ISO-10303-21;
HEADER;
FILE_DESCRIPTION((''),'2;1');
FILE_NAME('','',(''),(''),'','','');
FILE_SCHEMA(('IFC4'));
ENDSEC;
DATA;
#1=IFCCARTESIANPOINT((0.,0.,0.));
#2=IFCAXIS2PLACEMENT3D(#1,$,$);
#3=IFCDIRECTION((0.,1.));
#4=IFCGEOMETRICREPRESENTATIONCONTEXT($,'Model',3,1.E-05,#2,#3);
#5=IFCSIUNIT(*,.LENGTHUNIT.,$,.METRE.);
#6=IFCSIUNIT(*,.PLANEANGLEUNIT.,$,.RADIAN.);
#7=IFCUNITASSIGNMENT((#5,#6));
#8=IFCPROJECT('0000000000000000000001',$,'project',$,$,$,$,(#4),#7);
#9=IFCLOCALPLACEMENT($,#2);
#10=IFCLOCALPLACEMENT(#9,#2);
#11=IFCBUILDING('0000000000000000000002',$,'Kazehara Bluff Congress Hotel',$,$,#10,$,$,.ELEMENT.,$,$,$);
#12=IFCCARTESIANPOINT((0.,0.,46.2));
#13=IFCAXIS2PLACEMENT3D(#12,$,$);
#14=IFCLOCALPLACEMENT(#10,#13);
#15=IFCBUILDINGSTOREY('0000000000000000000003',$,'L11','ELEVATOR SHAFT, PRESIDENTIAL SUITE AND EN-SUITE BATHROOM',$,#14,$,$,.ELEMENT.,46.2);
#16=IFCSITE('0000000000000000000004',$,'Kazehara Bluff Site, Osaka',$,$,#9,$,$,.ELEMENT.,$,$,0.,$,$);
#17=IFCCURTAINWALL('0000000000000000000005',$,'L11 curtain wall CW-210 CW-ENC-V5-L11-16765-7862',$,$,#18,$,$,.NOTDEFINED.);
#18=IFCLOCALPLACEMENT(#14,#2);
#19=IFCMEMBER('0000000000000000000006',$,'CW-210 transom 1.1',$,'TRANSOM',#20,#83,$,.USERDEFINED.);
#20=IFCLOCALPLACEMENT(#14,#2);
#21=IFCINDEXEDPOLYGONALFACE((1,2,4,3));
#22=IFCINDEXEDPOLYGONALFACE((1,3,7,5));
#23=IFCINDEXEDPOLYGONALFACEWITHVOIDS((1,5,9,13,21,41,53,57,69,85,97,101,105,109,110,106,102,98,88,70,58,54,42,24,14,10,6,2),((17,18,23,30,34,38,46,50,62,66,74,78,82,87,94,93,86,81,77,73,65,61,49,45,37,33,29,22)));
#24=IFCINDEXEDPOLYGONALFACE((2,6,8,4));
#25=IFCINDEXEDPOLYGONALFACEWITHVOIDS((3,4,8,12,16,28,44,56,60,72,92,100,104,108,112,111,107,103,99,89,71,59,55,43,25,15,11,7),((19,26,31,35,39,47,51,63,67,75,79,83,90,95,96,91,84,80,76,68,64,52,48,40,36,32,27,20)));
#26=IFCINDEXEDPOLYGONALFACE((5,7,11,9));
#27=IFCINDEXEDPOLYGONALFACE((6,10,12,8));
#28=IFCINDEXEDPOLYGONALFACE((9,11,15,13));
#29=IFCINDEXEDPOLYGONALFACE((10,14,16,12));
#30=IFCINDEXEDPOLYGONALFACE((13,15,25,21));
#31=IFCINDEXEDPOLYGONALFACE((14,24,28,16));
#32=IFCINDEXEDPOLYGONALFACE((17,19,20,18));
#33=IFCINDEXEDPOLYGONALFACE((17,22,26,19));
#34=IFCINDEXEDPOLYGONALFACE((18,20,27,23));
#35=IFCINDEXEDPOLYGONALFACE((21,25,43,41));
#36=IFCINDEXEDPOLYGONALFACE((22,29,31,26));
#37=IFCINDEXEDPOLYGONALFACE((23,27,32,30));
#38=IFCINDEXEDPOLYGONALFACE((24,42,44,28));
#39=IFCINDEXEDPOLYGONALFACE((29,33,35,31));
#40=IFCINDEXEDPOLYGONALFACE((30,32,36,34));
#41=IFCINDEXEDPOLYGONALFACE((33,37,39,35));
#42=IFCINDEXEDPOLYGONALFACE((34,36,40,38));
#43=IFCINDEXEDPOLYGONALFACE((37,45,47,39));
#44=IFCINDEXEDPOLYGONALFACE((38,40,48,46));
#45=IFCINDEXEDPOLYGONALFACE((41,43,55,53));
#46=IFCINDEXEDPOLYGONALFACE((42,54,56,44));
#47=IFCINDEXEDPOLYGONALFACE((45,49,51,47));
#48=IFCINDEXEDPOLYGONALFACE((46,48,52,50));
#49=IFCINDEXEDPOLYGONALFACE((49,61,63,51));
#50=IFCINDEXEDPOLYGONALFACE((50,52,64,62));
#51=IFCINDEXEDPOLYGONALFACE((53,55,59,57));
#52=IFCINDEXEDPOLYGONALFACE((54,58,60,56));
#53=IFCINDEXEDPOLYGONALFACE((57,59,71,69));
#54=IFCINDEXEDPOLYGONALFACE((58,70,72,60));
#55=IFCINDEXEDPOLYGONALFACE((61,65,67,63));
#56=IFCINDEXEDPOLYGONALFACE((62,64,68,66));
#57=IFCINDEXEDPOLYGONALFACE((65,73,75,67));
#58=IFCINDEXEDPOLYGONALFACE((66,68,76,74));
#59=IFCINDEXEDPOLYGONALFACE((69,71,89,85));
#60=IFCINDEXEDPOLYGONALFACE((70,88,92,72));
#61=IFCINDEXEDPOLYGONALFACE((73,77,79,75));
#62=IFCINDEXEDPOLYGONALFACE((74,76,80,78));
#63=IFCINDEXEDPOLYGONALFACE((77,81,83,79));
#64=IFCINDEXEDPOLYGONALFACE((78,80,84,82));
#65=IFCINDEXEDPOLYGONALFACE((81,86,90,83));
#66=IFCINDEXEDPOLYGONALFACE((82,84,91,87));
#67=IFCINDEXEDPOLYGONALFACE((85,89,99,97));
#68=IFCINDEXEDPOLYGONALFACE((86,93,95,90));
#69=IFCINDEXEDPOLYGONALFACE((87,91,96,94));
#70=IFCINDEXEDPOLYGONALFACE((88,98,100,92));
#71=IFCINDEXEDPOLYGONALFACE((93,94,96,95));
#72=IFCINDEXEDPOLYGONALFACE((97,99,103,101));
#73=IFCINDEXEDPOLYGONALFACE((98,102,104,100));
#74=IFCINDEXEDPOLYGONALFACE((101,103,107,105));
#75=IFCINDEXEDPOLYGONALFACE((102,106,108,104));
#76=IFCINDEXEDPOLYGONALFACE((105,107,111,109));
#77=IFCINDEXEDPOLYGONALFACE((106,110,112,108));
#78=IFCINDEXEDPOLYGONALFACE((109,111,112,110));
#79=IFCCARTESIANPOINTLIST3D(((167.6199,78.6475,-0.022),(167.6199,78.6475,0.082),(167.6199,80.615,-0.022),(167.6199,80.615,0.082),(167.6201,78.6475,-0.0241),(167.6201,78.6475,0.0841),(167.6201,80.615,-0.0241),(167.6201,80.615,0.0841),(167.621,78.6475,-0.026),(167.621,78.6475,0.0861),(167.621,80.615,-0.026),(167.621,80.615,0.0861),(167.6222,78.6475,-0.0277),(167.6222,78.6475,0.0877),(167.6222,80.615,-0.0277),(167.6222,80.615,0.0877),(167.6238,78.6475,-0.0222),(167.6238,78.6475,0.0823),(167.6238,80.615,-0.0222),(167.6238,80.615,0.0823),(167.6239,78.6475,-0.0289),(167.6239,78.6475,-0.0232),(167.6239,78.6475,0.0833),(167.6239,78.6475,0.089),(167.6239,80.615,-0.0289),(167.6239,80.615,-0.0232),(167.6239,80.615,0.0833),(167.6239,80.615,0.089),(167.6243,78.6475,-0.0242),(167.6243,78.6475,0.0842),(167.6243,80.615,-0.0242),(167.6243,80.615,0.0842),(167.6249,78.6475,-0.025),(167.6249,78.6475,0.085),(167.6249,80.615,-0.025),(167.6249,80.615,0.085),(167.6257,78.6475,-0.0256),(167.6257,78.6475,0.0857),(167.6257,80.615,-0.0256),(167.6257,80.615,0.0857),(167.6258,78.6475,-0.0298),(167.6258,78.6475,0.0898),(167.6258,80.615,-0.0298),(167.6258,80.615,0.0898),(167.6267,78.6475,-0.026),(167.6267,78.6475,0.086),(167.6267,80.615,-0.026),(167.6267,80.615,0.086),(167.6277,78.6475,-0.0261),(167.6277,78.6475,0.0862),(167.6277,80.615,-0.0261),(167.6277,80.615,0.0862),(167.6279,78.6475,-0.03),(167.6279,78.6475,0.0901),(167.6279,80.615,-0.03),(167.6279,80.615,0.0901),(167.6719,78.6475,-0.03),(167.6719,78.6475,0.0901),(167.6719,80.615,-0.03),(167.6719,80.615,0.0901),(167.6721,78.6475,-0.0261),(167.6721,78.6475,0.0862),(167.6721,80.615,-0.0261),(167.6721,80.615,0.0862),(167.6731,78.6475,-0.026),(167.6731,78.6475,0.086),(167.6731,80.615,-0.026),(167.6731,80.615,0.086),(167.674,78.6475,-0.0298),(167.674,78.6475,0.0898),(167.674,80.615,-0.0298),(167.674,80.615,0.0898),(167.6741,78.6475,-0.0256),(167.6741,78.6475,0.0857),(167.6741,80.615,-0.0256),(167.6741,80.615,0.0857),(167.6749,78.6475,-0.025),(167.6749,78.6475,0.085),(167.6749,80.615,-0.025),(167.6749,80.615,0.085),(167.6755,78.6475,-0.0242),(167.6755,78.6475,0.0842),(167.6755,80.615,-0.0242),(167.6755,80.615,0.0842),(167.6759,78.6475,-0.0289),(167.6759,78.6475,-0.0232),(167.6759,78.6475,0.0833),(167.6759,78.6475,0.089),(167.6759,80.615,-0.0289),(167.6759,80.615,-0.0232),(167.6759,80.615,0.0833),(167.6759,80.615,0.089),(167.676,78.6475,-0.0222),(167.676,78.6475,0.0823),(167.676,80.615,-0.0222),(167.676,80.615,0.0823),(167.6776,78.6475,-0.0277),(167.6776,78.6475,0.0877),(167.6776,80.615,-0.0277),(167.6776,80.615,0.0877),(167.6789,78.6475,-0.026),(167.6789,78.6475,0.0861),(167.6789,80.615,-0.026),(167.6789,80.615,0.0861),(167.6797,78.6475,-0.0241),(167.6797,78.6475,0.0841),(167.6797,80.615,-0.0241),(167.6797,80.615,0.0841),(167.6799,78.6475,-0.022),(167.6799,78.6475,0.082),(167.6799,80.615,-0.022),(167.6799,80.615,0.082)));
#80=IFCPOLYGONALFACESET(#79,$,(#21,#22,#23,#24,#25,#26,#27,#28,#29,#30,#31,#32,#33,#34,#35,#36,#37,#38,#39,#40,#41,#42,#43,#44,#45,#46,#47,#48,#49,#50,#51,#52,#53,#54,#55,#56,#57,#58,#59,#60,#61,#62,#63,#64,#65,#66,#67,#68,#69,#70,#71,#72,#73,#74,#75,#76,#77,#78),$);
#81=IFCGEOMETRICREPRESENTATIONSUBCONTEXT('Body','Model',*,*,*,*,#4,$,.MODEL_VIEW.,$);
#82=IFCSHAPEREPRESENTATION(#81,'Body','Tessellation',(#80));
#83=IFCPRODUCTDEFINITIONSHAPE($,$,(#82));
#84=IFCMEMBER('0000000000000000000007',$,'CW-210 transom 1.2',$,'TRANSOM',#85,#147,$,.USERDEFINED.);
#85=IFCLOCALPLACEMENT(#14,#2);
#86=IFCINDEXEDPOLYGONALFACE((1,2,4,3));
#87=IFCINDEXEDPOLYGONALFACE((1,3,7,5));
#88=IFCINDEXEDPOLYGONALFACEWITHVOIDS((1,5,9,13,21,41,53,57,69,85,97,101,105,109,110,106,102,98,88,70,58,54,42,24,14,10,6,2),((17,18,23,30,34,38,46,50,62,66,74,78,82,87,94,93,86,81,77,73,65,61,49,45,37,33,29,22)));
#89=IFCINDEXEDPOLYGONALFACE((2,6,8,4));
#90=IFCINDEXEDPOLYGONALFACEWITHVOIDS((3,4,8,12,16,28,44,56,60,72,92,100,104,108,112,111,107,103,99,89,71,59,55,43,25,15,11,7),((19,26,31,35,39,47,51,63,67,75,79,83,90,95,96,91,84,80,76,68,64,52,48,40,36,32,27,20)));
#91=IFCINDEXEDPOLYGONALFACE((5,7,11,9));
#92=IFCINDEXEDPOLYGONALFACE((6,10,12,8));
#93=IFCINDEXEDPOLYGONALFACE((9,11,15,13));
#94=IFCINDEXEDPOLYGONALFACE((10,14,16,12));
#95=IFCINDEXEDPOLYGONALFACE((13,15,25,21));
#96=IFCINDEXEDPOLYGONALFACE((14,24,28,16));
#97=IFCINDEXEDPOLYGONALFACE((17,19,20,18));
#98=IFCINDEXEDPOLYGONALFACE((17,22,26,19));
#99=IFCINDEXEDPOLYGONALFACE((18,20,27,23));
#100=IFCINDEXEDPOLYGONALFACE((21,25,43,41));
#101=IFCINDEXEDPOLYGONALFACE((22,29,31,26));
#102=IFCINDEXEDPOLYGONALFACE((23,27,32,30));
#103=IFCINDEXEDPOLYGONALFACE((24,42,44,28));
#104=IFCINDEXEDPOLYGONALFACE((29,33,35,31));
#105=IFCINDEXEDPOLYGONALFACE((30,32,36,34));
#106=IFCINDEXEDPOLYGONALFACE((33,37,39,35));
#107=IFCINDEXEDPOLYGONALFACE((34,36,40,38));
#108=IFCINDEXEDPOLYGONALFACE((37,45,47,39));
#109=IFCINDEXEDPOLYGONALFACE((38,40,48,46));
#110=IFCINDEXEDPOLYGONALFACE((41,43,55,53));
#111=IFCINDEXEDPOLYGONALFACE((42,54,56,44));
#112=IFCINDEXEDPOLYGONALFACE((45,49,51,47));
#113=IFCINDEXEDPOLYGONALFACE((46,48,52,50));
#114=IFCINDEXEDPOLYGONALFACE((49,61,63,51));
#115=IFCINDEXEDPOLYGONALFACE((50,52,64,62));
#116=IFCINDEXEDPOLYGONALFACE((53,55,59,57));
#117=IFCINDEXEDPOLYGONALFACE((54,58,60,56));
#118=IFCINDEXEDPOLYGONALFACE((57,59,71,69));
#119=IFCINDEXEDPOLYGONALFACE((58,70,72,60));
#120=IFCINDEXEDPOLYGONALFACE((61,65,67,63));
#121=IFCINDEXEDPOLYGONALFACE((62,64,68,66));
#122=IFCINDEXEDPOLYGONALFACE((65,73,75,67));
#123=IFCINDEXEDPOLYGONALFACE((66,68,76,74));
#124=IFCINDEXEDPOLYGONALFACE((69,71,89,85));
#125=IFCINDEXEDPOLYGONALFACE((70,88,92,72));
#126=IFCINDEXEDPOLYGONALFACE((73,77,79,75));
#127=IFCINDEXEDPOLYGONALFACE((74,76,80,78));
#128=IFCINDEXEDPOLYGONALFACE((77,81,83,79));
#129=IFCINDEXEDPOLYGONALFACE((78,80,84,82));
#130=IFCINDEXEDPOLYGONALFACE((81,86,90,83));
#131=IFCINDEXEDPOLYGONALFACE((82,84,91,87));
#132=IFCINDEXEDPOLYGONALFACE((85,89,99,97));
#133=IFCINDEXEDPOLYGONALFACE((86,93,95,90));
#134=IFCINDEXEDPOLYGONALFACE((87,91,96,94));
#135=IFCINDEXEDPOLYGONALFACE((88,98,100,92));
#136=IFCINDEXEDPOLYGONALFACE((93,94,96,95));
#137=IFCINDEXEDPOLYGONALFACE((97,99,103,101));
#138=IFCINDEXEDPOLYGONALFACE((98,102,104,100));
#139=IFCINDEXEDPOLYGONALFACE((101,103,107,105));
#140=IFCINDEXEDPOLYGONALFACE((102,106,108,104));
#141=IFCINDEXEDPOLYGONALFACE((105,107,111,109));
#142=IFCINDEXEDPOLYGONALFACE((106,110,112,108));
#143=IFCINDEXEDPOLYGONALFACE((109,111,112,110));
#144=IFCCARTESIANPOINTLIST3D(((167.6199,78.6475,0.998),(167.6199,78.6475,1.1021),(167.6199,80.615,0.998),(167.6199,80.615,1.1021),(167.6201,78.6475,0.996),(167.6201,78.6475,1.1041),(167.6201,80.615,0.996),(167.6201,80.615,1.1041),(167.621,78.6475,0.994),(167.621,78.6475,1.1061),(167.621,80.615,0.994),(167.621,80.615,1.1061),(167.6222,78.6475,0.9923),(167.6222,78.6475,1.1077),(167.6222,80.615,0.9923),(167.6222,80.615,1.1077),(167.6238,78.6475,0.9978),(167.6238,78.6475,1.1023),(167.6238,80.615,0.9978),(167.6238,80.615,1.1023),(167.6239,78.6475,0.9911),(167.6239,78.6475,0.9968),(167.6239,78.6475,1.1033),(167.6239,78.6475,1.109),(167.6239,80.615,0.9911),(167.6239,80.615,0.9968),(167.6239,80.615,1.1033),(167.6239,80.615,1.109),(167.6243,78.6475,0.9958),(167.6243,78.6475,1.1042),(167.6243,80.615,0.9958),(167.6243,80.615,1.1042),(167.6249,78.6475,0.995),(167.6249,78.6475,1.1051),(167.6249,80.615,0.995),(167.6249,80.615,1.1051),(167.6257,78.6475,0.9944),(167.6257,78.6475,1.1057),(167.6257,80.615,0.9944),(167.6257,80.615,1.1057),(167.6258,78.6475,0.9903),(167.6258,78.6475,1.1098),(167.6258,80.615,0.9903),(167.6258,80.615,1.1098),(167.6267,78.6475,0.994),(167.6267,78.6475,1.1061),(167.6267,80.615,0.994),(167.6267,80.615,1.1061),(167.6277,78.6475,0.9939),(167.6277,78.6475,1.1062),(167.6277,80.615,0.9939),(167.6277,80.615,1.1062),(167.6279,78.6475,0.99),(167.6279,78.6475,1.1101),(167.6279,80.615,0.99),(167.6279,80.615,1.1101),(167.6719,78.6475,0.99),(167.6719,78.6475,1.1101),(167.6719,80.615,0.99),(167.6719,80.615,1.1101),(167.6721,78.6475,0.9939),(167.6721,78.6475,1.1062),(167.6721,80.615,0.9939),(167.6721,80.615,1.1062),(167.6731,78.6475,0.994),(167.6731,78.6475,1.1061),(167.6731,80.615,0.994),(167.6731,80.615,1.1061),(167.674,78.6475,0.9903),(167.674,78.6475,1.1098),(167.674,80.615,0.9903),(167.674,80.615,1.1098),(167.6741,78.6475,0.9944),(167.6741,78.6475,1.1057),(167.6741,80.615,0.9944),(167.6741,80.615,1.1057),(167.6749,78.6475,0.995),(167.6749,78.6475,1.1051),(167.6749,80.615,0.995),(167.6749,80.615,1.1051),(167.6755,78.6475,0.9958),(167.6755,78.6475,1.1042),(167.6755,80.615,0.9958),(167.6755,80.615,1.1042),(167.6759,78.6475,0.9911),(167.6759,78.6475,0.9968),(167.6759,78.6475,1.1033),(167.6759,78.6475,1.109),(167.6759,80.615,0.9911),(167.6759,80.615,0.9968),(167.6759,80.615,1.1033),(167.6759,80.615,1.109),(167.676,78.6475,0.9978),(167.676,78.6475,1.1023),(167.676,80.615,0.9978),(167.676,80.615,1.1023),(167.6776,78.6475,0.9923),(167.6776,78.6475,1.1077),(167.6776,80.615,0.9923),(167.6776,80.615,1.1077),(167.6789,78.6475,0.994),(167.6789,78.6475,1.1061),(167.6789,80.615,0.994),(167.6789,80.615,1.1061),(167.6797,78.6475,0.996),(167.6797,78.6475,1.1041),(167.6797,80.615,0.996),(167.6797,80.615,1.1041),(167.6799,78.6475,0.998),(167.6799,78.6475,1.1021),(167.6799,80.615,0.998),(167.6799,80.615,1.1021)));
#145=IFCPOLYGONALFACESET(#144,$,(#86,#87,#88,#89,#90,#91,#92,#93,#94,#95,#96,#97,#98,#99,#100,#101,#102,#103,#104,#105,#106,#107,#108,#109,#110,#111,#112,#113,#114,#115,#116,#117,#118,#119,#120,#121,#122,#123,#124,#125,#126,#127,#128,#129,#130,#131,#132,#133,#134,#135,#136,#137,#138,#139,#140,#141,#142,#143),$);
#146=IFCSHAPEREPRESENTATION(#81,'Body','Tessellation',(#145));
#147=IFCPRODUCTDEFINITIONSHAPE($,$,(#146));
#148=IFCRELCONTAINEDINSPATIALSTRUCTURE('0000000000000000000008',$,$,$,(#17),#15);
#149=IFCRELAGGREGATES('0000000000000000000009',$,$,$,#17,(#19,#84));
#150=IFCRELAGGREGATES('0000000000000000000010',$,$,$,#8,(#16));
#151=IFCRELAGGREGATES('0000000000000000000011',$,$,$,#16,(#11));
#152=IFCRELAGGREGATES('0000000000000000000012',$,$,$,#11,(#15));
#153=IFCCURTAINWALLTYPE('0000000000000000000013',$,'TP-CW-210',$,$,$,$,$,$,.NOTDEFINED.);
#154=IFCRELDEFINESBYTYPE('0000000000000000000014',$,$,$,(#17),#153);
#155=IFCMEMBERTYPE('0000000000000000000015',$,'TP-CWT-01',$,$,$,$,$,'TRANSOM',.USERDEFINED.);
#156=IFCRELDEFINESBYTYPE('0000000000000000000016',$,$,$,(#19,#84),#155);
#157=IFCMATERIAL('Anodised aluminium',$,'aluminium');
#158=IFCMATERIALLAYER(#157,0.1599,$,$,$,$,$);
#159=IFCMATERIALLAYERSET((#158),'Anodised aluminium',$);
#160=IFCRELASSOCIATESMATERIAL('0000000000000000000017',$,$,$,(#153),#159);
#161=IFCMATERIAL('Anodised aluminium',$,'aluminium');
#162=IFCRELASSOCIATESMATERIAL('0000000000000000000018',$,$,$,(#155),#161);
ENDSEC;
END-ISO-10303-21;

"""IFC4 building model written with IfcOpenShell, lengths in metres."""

from ifc_helpers import new_model, si_unit, direction, frame, origin, origin_2d, place, context, subcontext, project, spatial, hollow_rectangle, extrude, material, layer, layer_set, material_profile, profile_set, type_object, element, aggregate, save


model = new_model("IFC4")

# Units and contexts
model_context = context("Model", 3, precision=1e-05, world=origin(), true_north=direction((0.0, 1.0)))
body_context = subcontext(model_context, "Body", "Model", "MODEL_VIEW")
ifc_project = project(units=[si_unit("LENGTHUNIT", "METRE"), si_unit("PLANEANGLEUNIT", "RADIAN")], contexts=[model_context])

# Site, building, storey
site_placement = place(None, origin())
site = spatial("IfcSite", under=ifc_project, at=site_placement, Name="Kazehara Bluff Site, Osaka", CompositionType="ELEMENT", RefElevation=0.0)
building_placement = place(site_placement, origin())
building = spatial("IfcBuilding", under=site, at=building_placement, Name="Kazehara Bluff Congress Hotel", CompositionType="ELEMENT")
storey_placement = place(building_placement, frame((0.0, 0.0, 46.2)))
storey = spatial("IfcBuildingStorey", under=building, at=storey_placement, Name="L11", Description="ELEVATOR SHAFT, PRESIDENTIAL SUITE AND EN-SUITE BATHROOM", CompositionType="ELEMENT", Elevation=46.2)

# Curtain wall
ifc_material_1 = material(Name="Anodised aluminium", Category="aluminium")
ifc_layer_1 = layer(ifc_material_1, 0.1599)
ifc_layer_set_1 = layer_set([ifc_layer_1], Name="Anodised aluminium")
curtain_wall_type_1 = type_object("IfcCurtainWallType", Name="TP-CW-210", PredefinedType="NOTDEFINED", material=ifc_layer_set_1)
curtain_wall_1_placement = place(storey_placement, origin())
curtain_wall_1 = element("IfcCurtainWall", 1, at=curtain_wall_1_placement, inside=storey, type_object=curtain_wall_type_1, Name="L11 curtain wall CW-210 CW-ENC-V5-L11-16765-7862", PredefinedType="NOTDEFINED")

# Members
ifc_material_2 = material(Name="Anodised aluminium", Category="aluminium")
ifc_material_profile_1 = material_profile(ifc_material_2, hollow_rectangle(XDim=0.0601, YDim=0.1201, WallThickness=0.0039, InnerFilletRadius=0.0039, OuterFilletRadius=0.0081, at=origin_2d()))
ifc_profile_set_1 = profile_set([ifc_material_profile_1], Name="Anodised aluminium")
member_type_1 = type_object("IfcMemberType", Name="TP-CWT-01", ElementType="TRANSOM", PredefinedType="USERDEFINED", material=ifc_profile_set_1)
member_1_placement = place(storey_placement, frame((167.6499, 80.615, 0.03), z_axis=(0.0, -1.0, 0.0), x_axis=(1.0, 0.0, 0.0)))
member_1 = element("IfcMember", 2, at=member_1_placement, type_object=member_type_1, Name="CW-210 transom 1.1", ObjectType="TRANSOM", PredefinedType="USERDEFINED", context=body_context, shape_type="SweptSolid", body=[
    extrude(hollow_rectangle(XDim=0.0601, YDim=0.1201, WallThickness=0.0039, InnerFilletRadius=0.0039, OuterFilletRadius=0.0081, at=origin_2d()), origin(), (0.0, 0.0, 1.0), 1.9675),
])
member_2_placement = place(storey_placement, frame((167.6499, 80.615, 1.05), z_axis=(0.0, -1.0, 0.0), x_axis=(1.0, 0.0, 0.0)))
member_2 = element("IfcMember", 3, at=member_2_placement, type_object=member_type_1, Name="CW-210 transom 1.2", ObjectType="TRANSOM", PredefinedType="USERDEFINED", context=body_context, shape_type="SweptSolid", body=[
    extrude(hollow_rectangle(XDim=0.0601, YDim=0.1201, WallThickness=0.0039, InnerFilletRadius=0.0039, OuterFilletRadius=0.0081, at=origin_2d()), origin(), (0.0, 0.0, 1.0), 1.9675),
])

aggregate(curtain_wall_1, [member_1, member_2])

save(model, "model.ifc")
